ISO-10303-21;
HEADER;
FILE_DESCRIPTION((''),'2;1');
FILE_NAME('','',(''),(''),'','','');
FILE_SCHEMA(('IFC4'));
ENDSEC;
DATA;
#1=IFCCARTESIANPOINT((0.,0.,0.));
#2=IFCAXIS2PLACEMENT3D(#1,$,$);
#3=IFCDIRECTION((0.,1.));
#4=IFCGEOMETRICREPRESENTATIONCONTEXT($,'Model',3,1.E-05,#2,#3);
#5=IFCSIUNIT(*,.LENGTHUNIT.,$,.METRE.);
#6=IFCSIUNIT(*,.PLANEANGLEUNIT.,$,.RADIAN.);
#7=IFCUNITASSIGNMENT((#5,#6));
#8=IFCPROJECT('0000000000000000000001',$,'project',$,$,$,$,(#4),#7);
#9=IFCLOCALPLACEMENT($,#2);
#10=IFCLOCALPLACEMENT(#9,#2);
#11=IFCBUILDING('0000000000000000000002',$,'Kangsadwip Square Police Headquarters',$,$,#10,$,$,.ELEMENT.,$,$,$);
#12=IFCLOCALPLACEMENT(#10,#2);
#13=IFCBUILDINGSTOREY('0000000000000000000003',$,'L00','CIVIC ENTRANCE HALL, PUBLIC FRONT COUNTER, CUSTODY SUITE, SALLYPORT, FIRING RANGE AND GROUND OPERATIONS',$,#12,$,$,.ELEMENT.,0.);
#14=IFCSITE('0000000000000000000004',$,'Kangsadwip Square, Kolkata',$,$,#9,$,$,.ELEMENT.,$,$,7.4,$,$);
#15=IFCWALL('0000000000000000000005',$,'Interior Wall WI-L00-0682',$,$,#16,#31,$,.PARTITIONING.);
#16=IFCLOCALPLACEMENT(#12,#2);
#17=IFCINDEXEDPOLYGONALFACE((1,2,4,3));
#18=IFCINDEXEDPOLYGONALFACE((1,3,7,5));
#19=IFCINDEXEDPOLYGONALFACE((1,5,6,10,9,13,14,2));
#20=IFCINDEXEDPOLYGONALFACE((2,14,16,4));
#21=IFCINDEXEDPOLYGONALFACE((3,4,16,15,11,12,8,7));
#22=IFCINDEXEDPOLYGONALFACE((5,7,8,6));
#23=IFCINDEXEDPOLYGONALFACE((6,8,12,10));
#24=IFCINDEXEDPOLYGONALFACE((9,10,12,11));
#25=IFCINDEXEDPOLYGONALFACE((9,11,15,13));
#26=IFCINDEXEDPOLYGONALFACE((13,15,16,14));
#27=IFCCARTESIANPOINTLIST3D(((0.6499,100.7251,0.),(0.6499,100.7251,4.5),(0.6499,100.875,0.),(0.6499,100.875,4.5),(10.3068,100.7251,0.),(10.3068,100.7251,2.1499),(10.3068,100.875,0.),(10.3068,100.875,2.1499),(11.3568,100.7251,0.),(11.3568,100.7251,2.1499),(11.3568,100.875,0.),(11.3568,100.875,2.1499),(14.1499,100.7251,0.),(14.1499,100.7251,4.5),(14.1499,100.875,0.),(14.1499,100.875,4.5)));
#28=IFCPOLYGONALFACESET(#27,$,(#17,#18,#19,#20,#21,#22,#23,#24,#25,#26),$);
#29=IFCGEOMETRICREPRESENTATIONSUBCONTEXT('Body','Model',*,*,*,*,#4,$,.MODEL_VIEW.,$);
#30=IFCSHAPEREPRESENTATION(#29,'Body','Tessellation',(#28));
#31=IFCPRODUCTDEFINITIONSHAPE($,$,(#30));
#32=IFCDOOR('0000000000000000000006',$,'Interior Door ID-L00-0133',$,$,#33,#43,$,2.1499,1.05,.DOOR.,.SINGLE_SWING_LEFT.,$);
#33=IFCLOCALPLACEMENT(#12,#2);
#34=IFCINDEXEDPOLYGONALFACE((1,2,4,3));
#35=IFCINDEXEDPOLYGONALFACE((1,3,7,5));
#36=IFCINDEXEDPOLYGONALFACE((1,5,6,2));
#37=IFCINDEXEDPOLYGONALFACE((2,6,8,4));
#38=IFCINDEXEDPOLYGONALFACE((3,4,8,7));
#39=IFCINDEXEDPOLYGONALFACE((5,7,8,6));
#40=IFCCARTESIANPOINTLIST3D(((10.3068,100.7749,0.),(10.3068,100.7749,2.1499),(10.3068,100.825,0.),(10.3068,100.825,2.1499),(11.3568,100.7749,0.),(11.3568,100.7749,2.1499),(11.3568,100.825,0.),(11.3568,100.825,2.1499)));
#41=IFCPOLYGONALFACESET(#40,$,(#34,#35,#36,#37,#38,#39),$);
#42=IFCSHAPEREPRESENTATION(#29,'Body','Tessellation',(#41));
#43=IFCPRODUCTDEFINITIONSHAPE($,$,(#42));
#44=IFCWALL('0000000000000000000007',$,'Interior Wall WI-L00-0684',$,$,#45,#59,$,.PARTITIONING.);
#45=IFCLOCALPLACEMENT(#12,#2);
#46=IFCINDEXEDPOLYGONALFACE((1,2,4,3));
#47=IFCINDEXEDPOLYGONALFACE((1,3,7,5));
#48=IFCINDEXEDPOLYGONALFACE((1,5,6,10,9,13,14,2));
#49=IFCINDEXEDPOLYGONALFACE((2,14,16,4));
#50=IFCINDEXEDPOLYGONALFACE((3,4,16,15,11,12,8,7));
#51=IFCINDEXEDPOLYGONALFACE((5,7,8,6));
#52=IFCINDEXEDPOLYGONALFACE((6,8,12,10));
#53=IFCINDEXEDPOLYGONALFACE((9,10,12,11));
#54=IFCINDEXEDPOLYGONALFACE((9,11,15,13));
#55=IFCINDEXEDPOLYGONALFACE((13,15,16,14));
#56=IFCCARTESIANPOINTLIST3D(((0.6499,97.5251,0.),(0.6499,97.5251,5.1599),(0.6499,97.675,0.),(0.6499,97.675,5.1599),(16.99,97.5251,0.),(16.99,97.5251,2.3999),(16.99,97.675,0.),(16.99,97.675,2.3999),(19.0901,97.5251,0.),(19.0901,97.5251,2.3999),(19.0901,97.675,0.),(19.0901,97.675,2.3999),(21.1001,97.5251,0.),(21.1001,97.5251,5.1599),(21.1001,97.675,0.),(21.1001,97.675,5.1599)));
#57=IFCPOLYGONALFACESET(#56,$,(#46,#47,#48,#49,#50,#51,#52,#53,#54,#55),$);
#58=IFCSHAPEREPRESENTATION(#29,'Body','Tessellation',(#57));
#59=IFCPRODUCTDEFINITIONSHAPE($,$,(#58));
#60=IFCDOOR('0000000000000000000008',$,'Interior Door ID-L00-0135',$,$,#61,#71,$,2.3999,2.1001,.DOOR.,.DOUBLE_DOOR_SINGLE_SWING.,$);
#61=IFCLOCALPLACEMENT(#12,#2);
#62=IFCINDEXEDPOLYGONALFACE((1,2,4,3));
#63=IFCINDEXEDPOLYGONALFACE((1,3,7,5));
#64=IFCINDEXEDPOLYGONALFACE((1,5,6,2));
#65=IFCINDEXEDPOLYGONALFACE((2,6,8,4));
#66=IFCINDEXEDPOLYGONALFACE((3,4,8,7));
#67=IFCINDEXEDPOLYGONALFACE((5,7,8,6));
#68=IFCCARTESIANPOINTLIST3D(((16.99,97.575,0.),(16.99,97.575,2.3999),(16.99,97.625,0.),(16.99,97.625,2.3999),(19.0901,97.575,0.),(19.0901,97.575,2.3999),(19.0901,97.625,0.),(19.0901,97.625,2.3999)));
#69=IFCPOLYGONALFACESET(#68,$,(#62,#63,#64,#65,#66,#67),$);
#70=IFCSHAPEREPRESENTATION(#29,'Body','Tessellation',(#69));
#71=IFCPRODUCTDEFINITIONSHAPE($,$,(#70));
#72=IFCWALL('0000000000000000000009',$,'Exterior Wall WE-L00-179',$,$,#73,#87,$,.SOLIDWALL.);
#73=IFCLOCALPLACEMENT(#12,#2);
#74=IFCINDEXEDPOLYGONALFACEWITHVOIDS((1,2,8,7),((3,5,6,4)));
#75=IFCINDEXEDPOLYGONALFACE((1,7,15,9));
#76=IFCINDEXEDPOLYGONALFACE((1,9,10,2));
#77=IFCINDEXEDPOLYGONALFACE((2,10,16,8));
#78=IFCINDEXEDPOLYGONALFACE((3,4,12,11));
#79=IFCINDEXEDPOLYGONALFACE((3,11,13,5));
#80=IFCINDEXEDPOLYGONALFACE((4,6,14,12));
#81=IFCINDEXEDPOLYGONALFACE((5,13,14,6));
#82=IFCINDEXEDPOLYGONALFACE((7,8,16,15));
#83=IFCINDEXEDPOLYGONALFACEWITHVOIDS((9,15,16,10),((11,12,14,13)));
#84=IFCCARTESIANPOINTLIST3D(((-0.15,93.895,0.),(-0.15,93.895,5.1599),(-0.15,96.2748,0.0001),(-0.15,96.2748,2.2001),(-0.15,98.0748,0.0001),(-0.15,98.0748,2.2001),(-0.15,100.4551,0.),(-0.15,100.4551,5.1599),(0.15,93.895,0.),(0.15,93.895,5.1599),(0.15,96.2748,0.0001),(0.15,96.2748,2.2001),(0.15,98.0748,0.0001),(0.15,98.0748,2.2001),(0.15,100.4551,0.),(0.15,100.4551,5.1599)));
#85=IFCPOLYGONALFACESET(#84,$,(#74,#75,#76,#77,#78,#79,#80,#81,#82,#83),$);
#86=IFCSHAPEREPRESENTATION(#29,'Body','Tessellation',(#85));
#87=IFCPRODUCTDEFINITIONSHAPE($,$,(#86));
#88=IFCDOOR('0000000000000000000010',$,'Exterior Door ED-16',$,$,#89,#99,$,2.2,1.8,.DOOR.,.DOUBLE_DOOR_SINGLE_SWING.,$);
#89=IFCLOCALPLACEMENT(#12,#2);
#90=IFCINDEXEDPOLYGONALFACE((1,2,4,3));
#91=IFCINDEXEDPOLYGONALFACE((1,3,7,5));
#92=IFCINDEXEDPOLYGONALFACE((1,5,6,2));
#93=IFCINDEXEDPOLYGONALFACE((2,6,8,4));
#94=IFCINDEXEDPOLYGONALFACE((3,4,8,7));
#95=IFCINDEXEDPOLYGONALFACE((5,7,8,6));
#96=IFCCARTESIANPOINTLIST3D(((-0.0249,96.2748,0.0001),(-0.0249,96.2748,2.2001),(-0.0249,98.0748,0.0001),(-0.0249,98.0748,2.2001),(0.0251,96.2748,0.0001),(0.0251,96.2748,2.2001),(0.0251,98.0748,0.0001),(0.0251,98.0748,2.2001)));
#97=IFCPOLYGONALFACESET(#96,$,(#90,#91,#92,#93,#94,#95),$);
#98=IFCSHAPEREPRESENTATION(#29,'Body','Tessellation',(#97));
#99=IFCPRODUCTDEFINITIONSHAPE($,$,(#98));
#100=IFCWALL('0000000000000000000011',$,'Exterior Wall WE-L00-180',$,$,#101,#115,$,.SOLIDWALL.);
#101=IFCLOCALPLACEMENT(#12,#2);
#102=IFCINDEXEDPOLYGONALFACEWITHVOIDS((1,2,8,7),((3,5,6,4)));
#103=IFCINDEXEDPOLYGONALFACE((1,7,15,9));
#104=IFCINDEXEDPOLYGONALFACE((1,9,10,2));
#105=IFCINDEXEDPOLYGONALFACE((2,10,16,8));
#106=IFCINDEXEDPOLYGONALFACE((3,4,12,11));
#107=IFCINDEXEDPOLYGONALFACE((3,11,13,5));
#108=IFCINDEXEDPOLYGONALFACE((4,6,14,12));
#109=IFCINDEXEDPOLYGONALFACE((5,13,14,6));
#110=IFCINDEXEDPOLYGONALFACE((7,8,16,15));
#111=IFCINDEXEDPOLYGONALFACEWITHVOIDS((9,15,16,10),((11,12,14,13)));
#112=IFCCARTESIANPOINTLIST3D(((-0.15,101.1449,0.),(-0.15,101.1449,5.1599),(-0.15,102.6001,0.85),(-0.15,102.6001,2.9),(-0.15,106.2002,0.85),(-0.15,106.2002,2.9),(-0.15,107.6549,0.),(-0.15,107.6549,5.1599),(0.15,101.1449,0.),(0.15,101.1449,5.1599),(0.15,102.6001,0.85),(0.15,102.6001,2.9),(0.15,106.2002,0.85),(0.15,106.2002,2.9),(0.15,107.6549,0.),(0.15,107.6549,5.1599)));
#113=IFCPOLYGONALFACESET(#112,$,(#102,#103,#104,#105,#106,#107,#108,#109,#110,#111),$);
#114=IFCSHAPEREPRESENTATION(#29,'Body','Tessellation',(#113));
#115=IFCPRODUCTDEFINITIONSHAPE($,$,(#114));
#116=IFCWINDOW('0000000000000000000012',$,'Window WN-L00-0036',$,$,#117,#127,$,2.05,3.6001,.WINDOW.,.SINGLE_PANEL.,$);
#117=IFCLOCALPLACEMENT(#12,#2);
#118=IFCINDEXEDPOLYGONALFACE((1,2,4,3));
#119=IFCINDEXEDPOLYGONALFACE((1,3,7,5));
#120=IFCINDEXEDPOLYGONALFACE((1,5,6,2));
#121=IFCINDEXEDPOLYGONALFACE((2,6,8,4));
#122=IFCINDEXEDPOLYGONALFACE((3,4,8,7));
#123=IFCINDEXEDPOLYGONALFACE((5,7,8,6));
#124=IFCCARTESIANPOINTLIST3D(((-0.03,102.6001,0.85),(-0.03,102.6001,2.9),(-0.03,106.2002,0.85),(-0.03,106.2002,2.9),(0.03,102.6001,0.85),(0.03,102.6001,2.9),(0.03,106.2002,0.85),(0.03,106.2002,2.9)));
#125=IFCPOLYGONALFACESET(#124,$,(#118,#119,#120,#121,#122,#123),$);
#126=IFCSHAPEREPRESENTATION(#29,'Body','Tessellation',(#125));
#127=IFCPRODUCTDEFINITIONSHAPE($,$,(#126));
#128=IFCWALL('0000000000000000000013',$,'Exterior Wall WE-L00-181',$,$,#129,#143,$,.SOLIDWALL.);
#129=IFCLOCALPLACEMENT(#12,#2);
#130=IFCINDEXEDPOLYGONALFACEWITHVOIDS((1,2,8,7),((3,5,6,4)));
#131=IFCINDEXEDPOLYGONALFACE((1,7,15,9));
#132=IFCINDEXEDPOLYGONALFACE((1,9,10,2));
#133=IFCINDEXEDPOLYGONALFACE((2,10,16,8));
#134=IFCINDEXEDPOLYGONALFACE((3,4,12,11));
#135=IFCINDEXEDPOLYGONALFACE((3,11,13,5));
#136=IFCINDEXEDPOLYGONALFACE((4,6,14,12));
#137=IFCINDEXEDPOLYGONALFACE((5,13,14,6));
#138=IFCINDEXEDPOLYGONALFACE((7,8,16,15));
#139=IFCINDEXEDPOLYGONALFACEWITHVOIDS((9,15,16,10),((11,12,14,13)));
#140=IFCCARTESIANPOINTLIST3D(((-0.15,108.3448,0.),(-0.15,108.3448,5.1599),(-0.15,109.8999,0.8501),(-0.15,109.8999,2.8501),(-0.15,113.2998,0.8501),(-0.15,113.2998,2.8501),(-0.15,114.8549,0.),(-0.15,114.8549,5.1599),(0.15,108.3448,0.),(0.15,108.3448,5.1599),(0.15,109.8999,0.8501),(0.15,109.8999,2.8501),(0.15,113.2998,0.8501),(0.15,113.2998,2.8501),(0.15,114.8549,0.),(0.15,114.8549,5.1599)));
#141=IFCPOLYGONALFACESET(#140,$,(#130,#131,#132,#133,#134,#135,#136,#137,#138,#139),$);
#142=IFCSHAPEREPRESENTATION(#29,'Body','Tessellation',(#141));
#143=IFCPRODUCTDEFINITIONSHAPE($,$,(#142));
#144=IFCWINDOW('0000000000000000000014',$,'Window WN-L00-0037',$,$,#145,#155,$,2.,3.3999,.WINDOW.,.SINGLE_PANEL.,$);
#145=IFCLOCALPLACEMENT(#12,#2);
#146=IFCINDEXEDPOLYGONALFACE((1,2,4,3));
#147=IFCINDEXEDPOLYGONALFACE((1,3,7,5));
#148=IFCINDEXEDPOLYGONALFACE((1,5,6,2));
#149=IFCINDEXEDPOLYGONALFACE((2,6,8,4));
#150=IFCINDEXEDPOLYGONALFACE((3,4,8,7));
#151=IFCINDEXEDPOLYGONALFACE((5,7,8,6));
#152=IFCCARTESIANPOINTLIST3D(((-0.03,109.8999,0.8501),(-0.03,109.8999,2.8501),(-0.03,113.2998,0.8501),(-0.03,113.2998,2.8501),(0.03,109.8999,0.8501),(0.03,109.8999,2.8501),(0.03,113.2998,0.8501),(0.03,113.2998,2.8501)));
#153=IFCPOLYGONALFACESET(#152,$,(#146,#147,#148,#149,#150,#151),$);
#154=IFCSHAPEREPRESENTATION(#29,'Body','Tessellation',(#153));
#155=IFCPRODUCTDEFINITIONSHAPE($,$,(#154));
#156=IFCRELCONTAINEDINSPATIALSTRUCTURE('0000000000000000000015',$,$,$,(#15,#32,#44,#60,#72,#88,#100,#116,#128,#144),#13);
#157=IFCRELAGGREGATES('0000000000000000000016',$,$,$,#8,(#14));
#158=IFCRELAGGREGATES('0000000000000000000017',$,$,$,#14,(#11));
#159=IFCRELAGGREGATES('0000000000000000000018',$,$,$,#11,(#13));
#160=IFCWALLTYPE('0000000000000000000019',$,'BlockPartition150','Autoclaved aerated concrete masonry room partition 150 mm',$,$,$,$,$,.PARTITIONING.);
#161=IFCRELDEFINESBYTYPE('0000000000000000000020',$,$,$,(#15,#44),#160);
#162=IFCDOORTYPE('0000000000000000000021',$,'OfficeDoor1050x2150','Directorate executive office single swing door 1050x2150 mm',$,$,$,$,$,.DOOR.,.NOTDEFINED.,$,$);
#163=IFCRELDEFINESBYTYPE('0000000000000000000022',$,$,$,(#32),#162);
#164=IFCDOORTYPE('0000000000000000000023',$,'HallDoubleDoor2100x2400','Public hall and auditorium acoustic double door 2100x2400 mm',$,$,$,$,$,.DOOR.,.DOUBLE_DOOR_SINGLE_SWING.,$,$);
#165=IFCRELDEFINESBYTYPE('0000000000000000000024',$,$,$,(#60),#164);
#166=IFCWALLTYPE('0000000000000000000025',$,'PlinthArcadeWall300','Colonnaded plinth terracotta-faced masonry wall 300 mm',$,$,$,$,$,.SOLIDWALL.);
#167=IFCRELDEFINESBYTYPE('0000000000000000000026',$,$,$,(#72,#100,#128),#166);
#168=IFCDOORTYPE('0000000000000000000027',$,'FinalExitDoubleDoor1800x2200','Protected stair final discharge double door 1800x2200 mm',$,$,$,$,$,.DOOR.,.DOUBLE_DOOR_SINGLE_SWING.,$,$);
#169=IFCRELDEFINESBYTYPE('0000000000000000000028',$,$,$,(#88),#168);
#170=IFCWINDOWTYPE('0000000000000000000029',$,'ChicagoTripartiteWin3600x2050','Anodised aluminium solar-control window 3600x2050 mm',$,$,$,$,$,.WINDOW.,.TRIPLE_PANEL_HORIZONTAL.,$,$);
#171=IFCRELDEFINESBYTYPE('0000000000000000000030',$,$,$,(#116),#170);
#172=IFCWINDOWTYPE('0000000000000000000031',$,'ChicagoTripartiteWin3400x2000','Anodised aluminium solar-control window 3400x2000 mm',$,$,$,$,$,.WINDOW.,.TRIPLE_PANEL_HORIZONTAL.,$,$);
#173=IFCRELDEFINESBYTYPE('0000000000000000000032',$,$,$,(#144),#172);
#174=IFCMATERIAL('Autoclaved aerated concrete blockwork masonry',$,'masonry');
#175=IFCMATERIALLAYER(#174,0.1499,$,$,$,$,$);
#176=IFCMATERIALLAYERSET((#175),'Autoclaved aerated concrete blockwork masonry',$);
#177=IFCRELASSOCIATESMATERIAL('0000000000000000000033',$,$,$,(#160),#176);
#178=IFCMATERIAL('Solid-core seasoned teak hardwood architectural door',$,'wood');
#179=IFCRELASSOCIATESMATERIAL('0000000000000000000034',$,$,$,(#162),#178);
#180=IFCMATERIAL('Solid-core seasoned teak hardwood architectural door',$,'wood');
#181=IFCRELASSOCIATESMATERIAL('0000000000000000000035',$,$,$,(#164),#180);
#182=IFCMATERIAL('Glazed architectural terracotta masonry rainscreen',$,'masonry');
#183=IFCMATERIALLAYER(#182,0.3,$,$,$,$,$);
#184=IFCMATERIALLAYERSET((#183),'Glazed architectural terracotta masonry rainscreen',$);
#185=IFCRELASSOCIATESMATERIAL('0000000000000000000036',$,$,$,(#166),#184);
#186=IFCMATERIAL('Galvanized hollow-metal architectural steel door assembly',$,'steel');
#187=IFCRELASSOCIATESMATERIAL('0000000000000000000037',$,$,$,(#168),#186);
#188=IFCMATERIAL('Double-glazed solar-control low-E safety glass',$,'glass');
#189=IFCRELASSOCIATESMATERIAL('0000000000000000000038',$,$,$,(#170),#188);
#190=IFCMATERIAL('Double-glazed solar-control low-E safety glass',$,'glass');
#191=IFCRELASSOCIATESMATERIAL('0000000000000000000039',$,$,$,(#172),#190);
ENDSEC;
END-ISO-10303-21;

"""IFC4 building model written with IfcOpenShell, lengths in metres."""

from ifc_helpers import new_model, si_unit, direction, frame, frame_2d, origin, place, context, subcontext, project, spatial, rectangle, extrude, material, layer, layer_set, type_object, element, fill, save


model = new_model("IFC4")

# Units and contexts
model_context = context("Model", 3, precision=1e-05, world=origin(), true_north=direction((0.0, 1.0)))
body_context = subcontext(model_context, "Body", "Model", "MODEL_VIEW")
ifc_project = project(units=[si_unit("LENGTHUNIT", "METRE"), si_unit("PLANEANGLEUNIT", "RADIAN")], contexts=[model_context])

# Site, building, storey
site_placement = place(None, origin())
site = spatial("IfcSite", under=ifc_project, at=site_placement, Name="Kangsadwip Square, Kolkata", CompositionType="ELEMENT", RefElevation=7.4)
building_placement = place(site_placement, origin())
building = spatial("IfcBuilding", under=site, at=building_placement, Name="Kangsadwip Square Police Headquarters", CompositionType="ELEMENT")
storey_placement = place(building_placement, origin())
storey = spatial("IfcBuildingStorey", under=building, at=storey_placement, Name="L00", Description="CIVIC ENTRANCE HALL, PUBLIC FRONT COUNTER, CUSTODY SUITE, SALLYPORT, FIRING RANGE AND GROUND OPERATIONS", CompositionType="ELEMENT", Elevation=0.0)

# Walls, openings, doors
ifc_material_1 = material(Name="Autoclaved aerated concrete blockwork masonry", Category="masonry")
ifc_layer_1 = layer(ifc_material_1, 0.1499)
ifc_layer_set_1 = layer_set([ifc_layer_1], Name="Autoclaved aerated concrete blockwork masonry")
wall_type_1 = type_object("IfcWallType", Name="BlockPartition150", Description="Autoclaved aerated concrete masonry room partition 150 mm", PredefinedType="PARTITIONING", material=ifc_layer_set_1)
wall_1_placement = place(storey_placement, frame((0.6499, 100.8, 0.0), z_axis=(0.0, 0.0, 1.0), x_axis=(1.0, 0.0, 0.0)))
wall_1 = element("IfcWall", 1, at=wall_1_placement, inside=storey, type_object=wall_type_1, Name="Interior Wall WI-L00-0682", PredefinedType="PARTITIONING", context=body_context, shape_type="SweptSolid", body=[
    extrude(rectangle(XDim=13.5, YDim=0.1499, at=frame_2d((6.75, 0.0))), origin(), (0.0, 0.0, 1.0), 4.5),
])
opening_1_placement = place(wall_1_placement, frame((9.657, 0.0, 0.0)))
opening_1 = element("IfcOpeningElement", 2, at=opening_1_placement, cuts=wall_1, PredefinedType="OPENING", context=body_context, shape_type="SweptSolid", body=[
    extrude(rectangle(XDim=1.05, YDim=2.1499, at=frame_2d((0.5249, 1.075))), frame((0.0, 0.085, 0.0), z_axis=(0.0, -1.0, 0.0), x_axis=(1.0, 0.0, 0.0)), (0.0, 0.0, 1.0), 0.1699),
])
ifc_material_2 = material(Name="Solid-core seasoned teak hardwood architectural door", Category="wood")
door_type_1 = type_object("IfcDoorType", Name="OfficeDoor1050x2150", Description="Directorate executive office single swing door 1050x2150 mm", OperationType="NOTDEFINED", PredefinedType="DOOR", material=ifc_material_2)
door_1_placement = place(opening_1_placement, origin())
door_1 = element("IfcDoor", 3, at=door_1_placement, inside=storey, type_object=door_type_1, Name="Interior Door ID-L00-0133", OperationType="SINGLE_SWING_LEFT", OverallHeight=2.1499, OverallWidth=1.05, PredefinedType="DOOR", context=body_context, shape_type="SweptSolid", body=[
    extrude(rectangle(XDim=1.05, YDim=2.1499, at=frame_2d((0.5249, 1.075))), frame((0.0, 0.0249, 0.0), z_axis=(0.0, -1.0, 0.0), x_axis=(1.0, 0.0, 0.0)), (0.0, 0.0, 1.0), 0.05),
])
fill(opening_1, door_1)
wall_2_placement = place(storey_placement, frame((0.6499, 97.6001, 0.0), z_axis=(0.0, 0.0, 1.0), x_axis=(1.0, 0.0, 0.0)))
wall_2 = element("IfcWall", 4, at=wall_2_placement, inside=storey, type_object=wall_type_1, Name="Interior Wall WI-L00-0684", PredefinedType="PARTITIONING", context=body_context, shape_type="SweptSolid", body=[
    extrude(rectangle(XDim=20.4502, YDim=0.1499, at=frame_2d((10.2251, 0.0))), origin(), (0.0, 0.0, 1.0), 5.1599),
])
opening_2_placement = place(wall_2_placement, frame((16.3401, 0.0, 0.0)))
opening_2 = element("IfcOpeningElement", 5, at=opening_2_placement, cuts=wall_2, PredefinedType="OPENING", context=body_context, shape_type="SweptSolid", body=[
    extrude(rectangle(XDim=2.1001, YDim=2.3999, at=frame_2d((1.05, 1.2))), frame((0.0, 0.085, 0.0), z_axis=(0.0, -1.0, 0.0), x_axis=(1.0, 0.0, 0.0)), (0.0, 0.0, 1.0), 0.1699),
])
ifc_material_3 = material(Name="Solid-core seasoned teak hardwood architectural door", Category="wood")
door_type_2 = type_object("IfcDoorType", Name="HallDoubleDoor2100x2400", Description="Public hall and auditorium acoustic double door 2100x2400 mm", OperationType="DOUBLE_DOOR_SINGLE_SWING", PredefinedType="DOOR", material=ifc_material_3)
door_2_placement = place(opening_2_placement, origin())
door_2 = element("IfcDoor", 6, at=door_2_placement, inside=storey, type_object=door_type_2, Name="Interior Door ID-L00-0135", OperationType="DOUBLE_DOOR_SINGLE_SWING", OverallHeight=2.3999, OverallWidth=2.1001, PredefinedType="DOOR", context=body_context, shape_type="SweptSolid", body=[
    extrude(rectangle(XDim=2.1001, YDim=2.3999, at=frame_2d((1.05, 1.2))), frame((0.0, 0.0249, 0.0), z_axis=(0.0, -1.0, 0.0), x_axis=(1.0, 0.0, 0.0)), (0.0, 0.0, 1.0), 0.05),
])
fill(opening_2, door_2)
ifc_material_4 = material(Name="Glazed architectural terracotta masonry rainscreen", Category="masonry")
ifc_layer_2 = layer(ifc_material_4, 0.3)
ifc_layer_set_2 = layer_set([ifc_layer_2], Name="Glazed architectural terracotta masonry rainscreen")
wall_type_2 = type_object("IfcWallType", Name="PlinthArcadeWall300", Description="Colonnaded plinth terracotta-faced masonry wall 300 mm", PredefinedType="SOLIDWALL", material=ifc_layer_set_2)
wall_3_placement = place(storey_placement, frame((0.0, 93.895, 0.0), z_axis=(0.0, 0.0, 1.0), x_axis=(0.0, 1.0, 0.0)))
wall_3 = element("IfcWall", 7, at=wall_3_placement, inside=storey, type_object=wall_type_2, Name="Exterior Wall WE-L00-179", PredefinedType="SOLIDWALL", context=body_context, shape_type="SweptSolid", body=[
    extrude(rectangle(XDim=6.5601, YDim=0.3, at=frame_2d((3.28, 0.0))), origin(), (0.0, 0.0, 1.0), 5.1599),
])
opening_3_placement = place(wall_3_placement, frame((2.3799, 0.0, 0.0)))
opening_3 = element("IfcOpeningElement", 8, at=opening_3_placement, cuts=wall_3, PredefinedType="OPENING", context=body_context, shape_type="SweptSolid", body=[
    extrude(rectangle(XDim=1.8, YDim=2.2, at=frame_2d((0.8999, 1.1001))), frame((0.0, 0.1599, 0.0), z_axis=(0.0, -1.0, 0.0), x_axis=(1.0, 0.0, 0.0)), (0.0, 0.0, 1.0), 0.3201),
])
ifc_material_5 = material(Name="Galvanized hollow-metal architectural steel door assembly", Category="steel")
door_type_3 = type_object("IfcDoorType", Name="FinalExitDoubleDoor1800x2200", Description="Protected stair final discharge double door 1800x2200 mm", OperationType="DOUBLE_DOOR_SINGLE_SWING", PredefinedType="DOOR", material=ifc_material_5)
door_3_placement = place(opening_3_placement, origin())
door_3 = element("IfcDoor", 9, at=door_3_placement, inside=storey, type_object=door_type_3, Name="Exterior Door ED-16", OperationType="DOUBLE_DOOR_SINGLE_SWING", OverallHeight=2.2, OverallWidth=1.8, PredefinedType="DOOR", context=body_context, shape_type="SweptSolid", body=[
    extrude(rectangle(XDim=1.8, YDim=2.2, at=frame_2d((0.8999, 1.1001))), frame((0.0, 0.0249, 0.0), z_axis=(0.0, -1.0, 0.0), x_axis=(1.0, 0.0, 0.0)), (0.0, 0.0, 1.0), 0.05),
])
fill(opening_3, door_3)

# Walls, openings, windows
wall_4_placement = place(storey_placement, frame((0.0, 101.145, 0.0), z_axis=(0.0, 0.0, 1.0), x_axis=(0.0, 1.0, 0.0)))
wall_4 = element("IfcWall", 10, at=wall_4_placement, inside=storey, type_object=wall_type_2, Name="Exterior Wall WE-L00-180", PredefinedType="SOLIDWALL", context=body_context, shape_type="SweptSolid", body=[
    extrude(rectangle(XDim=6.51, YDim=0.3, at=frame_2d((3.2549, 0.0))), origin(), (0.0, 0.0, 1.0), 5.1599),
])
opening_4_placement = place(wall_4_placement, frame((1.4551, 0.0, 0.8501)))
opening_4 = element("IfcOpeningElement", 11, at=opening_4_placement, cuts=wall_4, PredefinedType="OPENING", context=body_context, shape_type="SweptSolid", body=[
    extrude(rectangle(XDim=3.6001, YDim=2.05, at=frame_2d((1.8, 1.0249))), frame((0.0, 0.1599, 0.0), z_axis=(0.0, -1.0, 0.0), x_axis=(1.0, 0.0, 0.0)), (0.0, 0.0, 1.0), 0.3201),
])
ifc_material_6 = material(Name="Double-glazed solar-control low-E safety glass", Category="glass")
window_type_1 = type_object("IfcWindowType", Name="ChicagoTripartiteWin3600x2050", Description="Anodised aluminium solar-control window 3600x2050 mm", PartitioningType="TRIPLE_PANEL_HORIZONTAL", PredefinedType="WINDOW", material=ifc_material_6)
window_1_placement = place(opening_4_placement, origin())
window_1 = element("IfcWindow", 12, at=window_1_placement, inside=storey, type_object=window_type_1, Name="Window WN-L00-0036", OverallHeight=2.05, OverallWidth=3.6001, PartitioningType="SINGLE_PANEL", PredefinedType="WINDOW", context=body_context, shape_type="SweptSolid", body=[
    extrude(rectangle(XDim=3.6001, YDim=2.05, at=frame_2d((1.8, 1.0249))), frame((0.0, 0.03, 0.0), z_axis=(0.0, -1.0, 0.0), x_axis=(1.0, 0.0, 0.0)), (0.0, 0.0, 1.0), 0.0601),
])
fill(opening_4, window_1)
wall_5_placement = place(storey_placement, frame((0.0, 108.345, 0.0), z_axis=(0.0, 0.0, 1.0), x_axis=(0.0, 1.0, 0.0)))
wall_5 = element("IfcWall", 13, at=wall_5_placement, inside=storey, type_object=wall_type_2, Name="Exterior Wall WE-L00-181", PredefinedType="SOLIDWALL", context=body_context, shape_type="SweptSolid", body=[
    extrude(rectangle(XDim=6.51, YDim=0.3, at=frame_2d((3.2549, 0.0))), origin(), (0.0, 0.0, 1.0), 5.1599),
])
opening_5_placement = place(wall_5_placement, frame((1.5549, 0.0, 0.8501)))
opening_5 = element("IfcOpeningElement", 14, at=opening_5_placement, cuts=wall_5, PredefinedType="OPENING", context=body_context, shape_type="SweptSolid", body=[
    extrude(rectangle(XDim=3.3999, YDim=2.0, at=frame_2d((1.7, 1.0))), frame((0.0, 0.1599, 0.0), z_axis=(0.0, -1.0, 0.0), x_axis=(1.0, 0.0, 0.0)), (0.0, 0.0, 1.0), 0.3201),
])
ifc_material_7 = material(Name="Double-glazed solar-control low-E safety glass", Category="glass")
window_type_2 = type_object("IfcWindowType", Name="ChicagoTripartiteWin3400x2000", Description="Anodised aluminium solar-control window 3400x2000 mm", PartitioningType="TRIPLE_PANEL_HORIZONTAL", PredefinedType="WINDOW", material=ifc_material_7)
window_2_placement = place(opening_5_placement, origin())
window_2 = element("IfcWindow", 15, at=window_2_placement, inside=storey, type_object=window_type_2, Name="Window WN-L00-0037", OverallHeight=2.0, OverallWidth=3.3999, PartitioningType="SINGLE_PANEL", PredefinedType="WINDOW", context=body_context, shape_type="SweptSolid", body=[
    extrude(rectangle(XDim=3.3999, YDim=2.0, at=frame_2d((1.7, 1.0))), frame((0.0, 0.03, 0.0), z_axis=(0.0, -1.0, 0.0), x_axis=(1.0, 0.0, 0.0)), (0.0, 0.0, 1.0), 0.0601),
])
fill(opening_5, window_2)

save(model, "model.ifc")
